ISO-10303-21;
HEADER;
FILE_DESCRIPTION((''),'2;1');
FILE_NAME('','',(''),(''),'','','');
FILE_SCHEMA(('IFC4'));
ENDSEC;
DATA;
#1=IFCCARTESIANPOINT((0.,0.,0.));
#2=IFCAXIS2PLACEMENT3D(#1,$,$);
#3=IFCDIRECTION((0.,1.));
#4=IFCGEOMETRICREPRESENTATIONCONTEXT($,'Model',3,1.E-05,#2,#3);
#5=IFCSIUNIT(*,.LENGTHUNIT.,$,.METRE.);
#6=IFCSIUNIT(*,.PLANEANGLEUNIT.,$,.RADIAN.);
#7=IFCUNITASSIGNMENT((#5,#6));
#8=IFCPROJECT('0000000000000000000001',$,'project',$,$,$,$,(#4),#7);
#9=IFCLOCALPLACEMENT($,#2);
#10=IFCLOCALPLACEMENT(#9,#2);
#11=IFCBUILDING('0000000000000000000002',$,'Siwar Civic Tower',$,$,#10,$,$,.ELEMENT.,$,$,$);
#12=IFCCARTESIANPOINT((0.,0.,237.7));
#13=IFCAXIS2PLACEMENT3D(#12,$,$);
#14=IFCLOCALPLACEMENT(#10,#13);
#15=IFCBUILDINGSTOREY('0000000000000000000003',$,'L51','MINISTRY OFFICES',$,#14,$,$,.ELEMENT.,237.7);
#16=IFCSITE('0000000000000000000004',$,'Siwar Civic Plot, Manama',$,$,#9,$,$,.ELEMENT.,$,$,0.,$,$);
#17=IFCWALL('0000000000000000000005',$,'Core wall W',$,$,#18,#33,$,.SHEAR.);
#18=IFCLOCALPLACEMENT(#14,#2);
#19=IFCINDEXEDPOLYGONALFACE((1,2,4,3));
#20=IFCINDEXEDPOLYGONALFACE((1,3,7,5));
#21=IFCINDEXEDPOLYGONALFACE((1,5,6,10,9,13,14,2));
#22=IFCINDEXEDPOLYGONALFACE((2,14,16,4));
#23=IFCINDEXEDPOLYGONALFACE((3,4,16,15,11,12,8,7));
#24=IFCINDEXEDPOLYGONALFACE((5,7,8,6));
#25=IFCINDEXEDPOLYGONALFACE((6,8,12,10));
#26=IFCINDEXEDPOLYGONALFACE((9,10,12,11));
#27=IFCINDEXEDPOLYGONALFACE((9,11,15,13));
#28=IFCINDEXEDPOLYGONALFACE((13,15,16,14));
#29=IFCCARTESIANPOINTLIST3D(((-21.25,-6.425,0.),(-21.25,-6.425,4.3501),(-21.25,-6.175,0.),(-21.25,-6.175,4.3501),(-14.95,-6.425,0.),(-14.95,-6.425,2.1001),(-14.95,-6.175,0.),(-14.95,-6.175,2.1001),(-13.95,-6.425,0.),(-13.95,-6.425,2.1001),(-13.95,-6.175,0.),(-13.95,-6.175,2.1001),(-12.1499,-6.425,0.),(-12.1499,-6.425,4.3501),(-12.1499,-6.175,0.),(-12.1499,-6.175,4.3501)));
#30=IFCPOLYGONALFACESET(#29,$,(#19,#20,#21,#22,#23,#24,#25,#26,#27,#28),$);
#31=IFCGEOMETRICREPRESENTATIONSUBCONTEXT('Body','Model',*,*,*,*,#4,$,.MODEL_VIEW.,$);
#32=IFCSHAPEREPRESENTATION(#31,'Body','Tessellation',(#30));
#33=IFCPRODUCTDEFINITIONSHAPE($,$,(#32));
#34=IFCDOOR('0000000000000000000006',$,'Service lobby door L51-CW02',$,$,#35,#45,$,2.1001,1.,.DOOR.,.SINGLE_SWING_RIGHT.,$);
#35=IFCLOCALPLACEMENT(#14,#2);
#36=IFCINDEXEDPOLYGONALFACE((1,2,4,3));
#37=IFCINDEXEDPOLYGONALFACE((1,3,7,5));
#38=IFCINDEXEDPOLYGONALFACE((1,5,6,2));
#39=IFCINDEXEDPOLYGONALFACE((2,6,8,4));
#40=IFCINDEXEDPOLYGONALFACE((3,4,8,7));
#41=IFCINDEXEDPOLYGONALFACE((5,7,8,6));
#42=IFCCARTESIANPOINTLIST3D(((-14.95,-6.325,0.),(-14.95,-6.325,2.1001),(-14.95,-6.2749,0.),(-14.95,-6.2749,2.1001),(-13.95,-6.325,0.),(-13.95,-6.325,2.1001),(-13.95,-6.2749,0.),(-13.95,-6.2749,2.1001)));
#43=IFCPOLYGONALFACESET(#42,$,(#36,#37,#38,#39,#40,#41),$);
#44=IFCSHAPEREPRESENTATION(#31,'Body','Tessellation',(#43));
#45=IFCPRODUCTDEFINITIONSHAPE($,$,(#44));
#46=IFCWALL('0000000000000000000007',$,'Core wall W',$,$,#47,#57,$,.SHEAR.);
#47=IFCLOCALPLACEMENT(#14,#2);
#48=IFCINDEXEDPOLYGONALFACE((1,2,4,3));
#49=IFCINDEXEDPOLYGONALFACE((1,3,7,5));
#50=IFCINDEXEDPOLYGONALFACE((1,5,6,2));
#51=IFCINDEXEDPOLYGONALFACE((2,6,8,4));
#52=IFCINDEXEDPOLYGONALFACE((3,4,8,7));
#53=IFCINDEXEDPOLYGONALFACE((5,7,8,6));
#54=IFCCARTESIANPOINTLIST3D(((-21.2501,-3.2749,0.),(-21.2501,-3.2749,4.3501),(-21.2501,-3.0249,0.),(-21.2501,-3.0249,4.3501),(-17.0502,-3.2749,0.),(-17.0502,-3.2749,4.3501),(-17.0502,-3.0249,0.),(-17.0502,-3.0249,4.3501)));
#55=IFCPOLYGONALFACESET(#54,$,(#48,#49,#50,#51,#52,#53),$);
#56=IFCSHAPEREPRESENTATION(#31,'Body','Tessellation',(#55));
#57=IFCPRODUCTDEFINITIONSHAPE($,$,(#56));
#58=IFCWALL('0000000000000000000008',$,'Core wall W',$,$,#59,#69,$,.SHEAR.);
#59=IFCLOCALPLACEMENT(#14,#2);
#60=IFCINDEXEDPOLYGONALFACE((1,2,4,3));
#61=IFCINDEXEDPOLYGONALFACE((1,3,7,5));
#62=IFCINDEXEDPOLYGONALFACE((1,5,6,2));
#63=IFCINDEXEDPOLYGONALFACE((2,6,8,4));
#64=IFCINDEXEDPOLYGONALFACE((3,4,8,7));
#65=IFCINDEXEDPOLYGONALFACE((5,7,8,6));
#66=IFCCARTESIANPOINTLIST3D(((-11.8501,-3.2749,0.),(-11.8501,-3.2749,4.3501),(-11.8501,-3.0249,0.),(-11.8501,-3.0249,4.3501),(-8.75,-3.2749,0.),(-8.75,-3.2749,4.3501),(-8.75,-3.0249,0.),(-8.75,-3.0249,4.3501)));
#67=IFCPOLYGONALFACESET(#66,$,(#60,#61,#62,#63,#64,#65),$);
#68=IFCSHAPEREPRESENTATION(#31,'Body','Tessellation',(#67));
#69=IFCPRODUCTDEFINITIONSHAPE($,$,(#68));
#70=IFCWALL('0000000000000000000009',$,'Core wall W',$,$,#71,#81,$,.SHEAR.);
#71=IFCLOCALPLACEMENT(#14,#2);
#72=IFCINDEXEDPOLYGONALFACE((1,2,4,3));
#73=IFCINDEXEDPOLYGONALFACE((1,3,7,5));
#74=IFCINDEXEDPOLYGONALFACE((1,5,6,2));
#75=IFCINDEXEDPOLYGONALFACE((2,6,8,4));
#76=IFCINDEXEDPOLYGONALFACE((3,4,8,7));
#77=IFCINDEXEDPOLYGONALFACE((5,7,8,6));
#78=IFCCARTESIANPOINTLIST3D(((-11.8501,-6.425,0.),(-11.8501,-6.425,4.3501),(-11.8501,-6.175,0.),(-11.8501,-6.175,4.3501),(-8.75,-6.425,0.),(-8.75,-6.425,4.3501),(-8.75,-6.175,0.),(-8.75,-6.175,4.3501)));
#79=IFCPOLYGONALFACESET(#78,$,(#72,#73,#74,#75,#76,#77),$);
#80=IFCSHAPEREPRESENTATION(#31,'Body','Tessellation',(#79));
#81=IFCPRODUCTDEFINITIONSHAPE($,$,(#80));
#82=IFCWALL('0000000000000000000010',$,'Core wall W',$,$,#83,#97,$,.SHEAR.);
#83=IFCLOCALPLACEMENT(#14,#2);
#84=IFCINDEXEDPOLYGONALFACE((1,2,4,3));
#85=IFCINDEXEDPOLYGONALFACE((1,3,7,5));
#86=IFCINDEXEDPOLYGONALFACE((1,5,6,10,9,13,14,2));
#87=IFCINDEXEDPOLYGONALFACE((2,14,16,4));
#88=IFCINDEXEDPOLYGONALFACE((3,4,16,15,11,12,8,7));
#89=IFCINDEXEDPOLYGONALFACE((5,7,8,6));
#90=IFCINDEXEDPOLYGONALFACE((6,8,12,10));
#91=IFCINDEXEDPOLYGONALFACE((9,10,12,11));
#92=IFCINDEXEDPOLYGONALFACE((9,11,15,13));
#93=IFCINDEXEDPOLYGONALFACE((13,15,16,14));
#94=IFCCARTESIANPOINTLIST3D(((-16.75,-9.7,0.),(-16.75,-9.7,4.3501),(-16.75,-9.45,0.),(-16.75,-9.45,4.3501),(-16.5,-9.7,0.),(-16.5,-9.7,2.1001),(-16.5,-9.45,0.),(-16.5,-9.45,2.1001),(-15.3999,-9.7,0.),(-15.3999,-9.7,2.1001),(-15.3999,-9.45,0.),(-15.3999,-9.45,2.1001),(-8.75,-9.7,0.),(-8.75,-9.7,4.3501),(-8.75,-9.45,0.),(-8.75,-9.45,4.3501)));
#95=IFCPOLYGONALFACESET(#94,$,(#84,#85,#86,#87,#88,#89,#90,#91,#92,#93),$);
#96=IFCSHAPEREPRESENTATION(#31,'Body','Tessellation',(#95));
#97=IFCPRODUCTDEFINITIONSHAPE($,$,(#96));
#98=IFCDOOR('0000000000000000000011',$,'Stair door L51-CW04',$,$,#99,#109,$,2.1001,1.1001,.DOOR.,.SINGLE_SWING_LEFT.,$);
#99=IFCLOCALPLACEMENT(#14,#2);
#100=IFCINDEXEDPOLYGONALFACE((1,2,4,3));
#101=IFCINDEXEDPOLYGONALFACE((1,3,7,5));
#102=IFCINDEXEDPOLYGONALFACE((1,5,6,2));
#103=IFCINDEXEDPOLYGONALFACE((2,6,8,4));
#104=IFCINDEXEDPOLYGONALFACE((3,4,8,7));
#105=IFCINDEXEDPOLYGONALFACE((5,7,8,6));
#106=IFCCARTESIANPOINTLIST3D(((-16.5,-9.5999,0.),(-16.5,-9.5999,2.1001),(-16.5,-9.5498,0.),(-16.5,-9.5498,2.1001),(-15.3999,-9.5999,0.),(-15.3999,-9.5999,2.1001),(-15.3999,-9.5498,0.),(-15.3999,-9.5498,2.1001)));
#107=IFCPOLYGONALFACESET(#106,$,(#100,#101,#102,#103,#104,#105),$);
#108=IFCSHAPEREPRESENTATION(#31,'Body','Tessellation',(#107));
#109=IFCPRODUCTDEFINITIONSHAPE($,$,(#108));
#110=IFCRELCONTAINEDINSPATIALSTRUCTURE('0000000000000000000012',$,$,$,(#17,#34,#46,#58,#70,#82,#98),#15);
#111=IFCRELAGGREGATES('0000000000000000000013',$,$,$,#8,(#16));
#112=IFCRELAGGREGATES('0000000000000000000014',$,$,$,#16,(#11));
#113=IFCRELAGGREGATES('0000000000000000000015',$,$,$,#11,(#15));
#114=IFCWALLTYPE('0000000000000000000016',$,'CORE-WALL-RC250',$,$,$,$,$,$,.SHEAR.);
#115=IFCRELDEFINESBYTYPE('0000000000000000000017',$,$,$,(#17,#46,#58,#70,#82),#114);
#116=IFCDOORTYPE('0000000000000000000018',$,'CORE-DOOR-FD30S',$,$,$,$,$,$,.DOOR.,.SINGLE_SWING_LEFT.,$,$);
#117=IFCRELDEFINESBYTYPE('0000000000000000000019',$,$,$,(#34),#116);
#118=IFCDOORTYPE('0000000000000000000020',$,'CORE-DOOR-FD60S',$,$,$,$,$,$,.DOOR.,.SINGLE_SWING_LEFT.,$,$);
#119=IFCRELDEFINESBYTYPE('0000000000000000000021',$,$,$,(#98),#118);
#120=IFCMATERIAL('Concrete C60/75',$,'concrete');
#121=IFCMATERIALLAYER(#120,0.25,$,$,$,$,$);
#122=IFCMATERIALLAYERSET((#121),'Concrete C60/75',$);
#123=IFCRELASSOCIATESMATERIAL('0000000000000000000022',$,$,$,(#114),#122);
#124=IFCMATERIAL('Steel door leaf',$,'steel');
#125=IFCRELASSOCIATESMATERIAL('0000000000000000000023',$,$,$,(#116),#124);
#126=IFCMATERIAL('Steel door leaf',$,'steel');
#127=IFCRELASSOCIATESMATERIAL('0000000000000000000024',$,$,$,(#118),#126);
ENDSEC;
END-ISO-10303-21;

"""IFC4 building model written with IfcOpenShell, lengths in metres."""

from ifc_helpers import new_model, si_unit, direction, frame, frame_2d, origin, place, context, subcontext, project, spatial, rectangle, extrude, material, layer, layer_set, type_object, element, fill, save


model = new_model("IFC4")

# Units and contexts
model_context = context("Model", 3, precision=1e-05, world=origin(), true_north=direction((0.0, 1.0)))
body_context = subcontext(model_context, "Body", "Model", "MODEL_VIEW")
ifc_project = project(units=[si_unit("LENGTHUNIT", "METRE"), si_unit("PLANEANGLEUNIT", "RADIAN")], contexts=[model_context])

# Site, building, storey
site_placement = place(None, origin())
site = spatial("IfcSite", under=ifc_project, at=site_placement, Name="Siwar Civic Plot, Manama", CompositionType="ELEMENT", RefElevation=0.0)
building_placement = place(site_placement, origin())
building = spatial("IfcBuilding", under=site, at=building_placement, Name="Siwar Civic Tower", CompositionType="ELEMENT")
storey_placement = place(building_placement, frame((0.0, 0.0, 237.7)))
storey = spatial("IfcBuildingStorey", under=building, at=storey_placement, Name="L51", Description="MINISTRY OFFICES", CompositionType="ELEMENT", Elevation=237.7)

# Wall, opening, door
ifc_material_1 = material(Name="Concrete C60/75", Category="concrete")
ifc_layer_1 = layer(ifc_material_1, 0.25)
ifc_layer_set_1 = layer_set([ifc_layer_1], Name="Concrete C60/75")
wall_type_1 = type_object("IfcWallType", Name="CORE-WALL-RC250", PredefinedType="SHEAR", material=ifc_layer_set_1)
wall_1_placement = place(storey_placement, frame((-12.1499, -6.3, 0.0), z_axis=(0.0, 0.0, 1.0), x_axis=(-1.0, 0.0, 0.0)))
wall_1 = element("IfcWall", 1, at=wall_1_placement, inside=storey, type_object=wall_type_1, Name="Core wall W", PredefinedType="SHEAR", context=body_context, shape_type="SweptSolid", body=[
    extrude(rectangle(XDim=9.1001, YDim=0.25, at=frame_2d((4.55, 0.0))), origin(), (0.0, 0.0, 1.0), 4.3501),
])
opening_1_placement = place(wall_1_placement, frame((1.8, 0.0, 0.0)))
opening_1 = element("IfcOpeningElement", 2, at=opening_1_placement, cuts=wall_1, PredefinedType="OPENING", context=body_context, shape_type="SweptSolid", body=[
    extrude(rectangle(XDim=1.0, YDim=2.1001, at=frame_2d((0.5, 1.05))), frame((0.0, 0.135, 0.0), z_axis=(0.0, -1.0, 0.0), x_axis=(1.0, 0.0, 0.0)), (0.0, 0.0, 1.0), 0.27),
])
ifc_material_2 = material(Name="Steel door leaf", Category="steel")
door_type_1 = type_object("IfcDoorType", Name="CORE-DOOR-FD30S", OperationType="SINGLE_SWING_LEFT", PredefinedType="DOOR", material=ifc_material_2)
door_1_placement = place(opening_1_placement, origin())
door_1 = element("IfcDoor", 3, at=door_1_placement, inside=storey, type_object=door_type_1, Name="Service lobby door L51-CW02", OperationType="SINGLE_SWING_RIGHT", OverallHeight=2.1001, OverallWidth=1.0, PredefinedType="DOOR", context=body_context, shape_type="SweptSolid", body=[
    extrude(rectangle(XDim=1.0, YDim=2.1001, at=frame_2d((0.5, 1.05))), frame((0.0, 0.0249, 0.0), z_axis=(0.0, -1.0, 0.0), x_axis=(1.0, 0.0, 0.0)), (0.0, 0.0, 1.0), 0.05),
])
fill(opening_1, door_1)

# Walls
wall_2_placement = place(storey_placement, frame((-17.05, -3.1499, 0.0), z_axis=(0.0, 0.0, 1.0), x_axis=(-1.0, 0.0, 0.0)))
element("IfcWall", 4, at=wall_2_placement, inside=storey, type_object=wall_type_1, Name="Core wall W", PredefinedType="SHEAR", context=body_context, shape_type="SweptSolid", body=[
    extrude(rectangle(XDim=4.2, YDim=0.25, at=frame_2d((2.1001, 0.0))), origin(), (0.0, 0.0, 1.0), 4.3501),
])
for number, where, z_axis, x_axis, name in (
    (5, (-8.75, -3.1499, 0.0), (0.0, 0.0, 1.0), (-1.0, 0.0, 0.0), "Core wall W"),
    (6, (-8.75, -6.3, 0.0), (0.0, 0.0, 1.0), (-1.0, 0.0, 0.0), "Core wall W"),
):
    element("IfcWall", number, at=place(storey_placement, frame(where, z_axis=z_axis, x_axis=x_axis)), inside=storey, type_object=wall_type_1, Name=name, PredefinedType="SHEAR", context=body_context, shape_type="SweptSolid", body=[
        extrude(rectangle(XDim=3.1001, YDim=0.25, at=frame_2d((1.55, 0.0))), origin(), (0.0, 0.0, 1.0), 4.3501),
    ])

# Wall, opening, door
wall_3_placement = place(storey_placement, frame((-8.75, -9.575, 0.0), z_axis=(0.0, 0.0, 1.0), x_axis=(-1.0, 0.0, 0.0)))
wall_3 = element("IfcWall", 7, at=wall_3_placement, inside=storey, type_object=wall_type_1, Name="Core wall W", PredefinedType="SHEAR", context=body_context, shape_type="SweptSolid", body=[
    extrude(rectangle(XDim=8.0, YDim=0.25, at=frame_2d((4.0, 0.0))), origin(), (0.0, 0.0, 1.0), 4.3501),
])
opening_2_placement = place(wall_3_placement, frame((6.6499, 0.0, 0.0)))
opening_2 = element("IfcOpeningElement", 8, at=opening_2_placement, cuts=wall_3, PredefinedType="OPENING", context=body_context, shape_type="SweptSolid", body=[
    extrude(rectangle(XDim=1.1001, YDim=2.1001, at=frame_2d((0.55, 1.05))), frame((0.0, 0.135, 0.0), z_axis=(0.0, -1.0, 0.0), x_axis=(1.0, 0.0, 0.0)), (0.0, 0.0, 1.0), 0.27),
])
ifc_material_3 = material(Name="Steel door leaf", Category="steel")
door_type_2 = type_object("IfcDoorType", Name="CORE-DOOR-FD60S", OperationType="SINGLE_SWING_LEFT", PredefinedType="DOOR", material=ifc_material_3)
door_2_placement = place(opening_2_placement, origin())
door_2 = element("IfcDoor", 9, at=door_2_placement, inside=storey, type_object=door_type_2, Name="Stair door L51-CW04", OperationType="SINGLE_SWING_LEFT", OverallHeight=2.1001, OverallWidth=1.1001, PredefinedType="DOOR", context=body_context, shape_type="SweptSolid", body=[
    extrude(rectangle(XDim=1.1001, YDim=2.1001, at=frame_2d((0.55, 1.05))), frame((0.0, 0.0249, 0.0), z_axis=(0.0, -1.0, 0.0), x_axis=(1.0, 0.0, 0.0)), (0.0, 0.0, 1.0), 0.05),
])
fill(opening_2, door_2)

save(model, "model.ifc")
